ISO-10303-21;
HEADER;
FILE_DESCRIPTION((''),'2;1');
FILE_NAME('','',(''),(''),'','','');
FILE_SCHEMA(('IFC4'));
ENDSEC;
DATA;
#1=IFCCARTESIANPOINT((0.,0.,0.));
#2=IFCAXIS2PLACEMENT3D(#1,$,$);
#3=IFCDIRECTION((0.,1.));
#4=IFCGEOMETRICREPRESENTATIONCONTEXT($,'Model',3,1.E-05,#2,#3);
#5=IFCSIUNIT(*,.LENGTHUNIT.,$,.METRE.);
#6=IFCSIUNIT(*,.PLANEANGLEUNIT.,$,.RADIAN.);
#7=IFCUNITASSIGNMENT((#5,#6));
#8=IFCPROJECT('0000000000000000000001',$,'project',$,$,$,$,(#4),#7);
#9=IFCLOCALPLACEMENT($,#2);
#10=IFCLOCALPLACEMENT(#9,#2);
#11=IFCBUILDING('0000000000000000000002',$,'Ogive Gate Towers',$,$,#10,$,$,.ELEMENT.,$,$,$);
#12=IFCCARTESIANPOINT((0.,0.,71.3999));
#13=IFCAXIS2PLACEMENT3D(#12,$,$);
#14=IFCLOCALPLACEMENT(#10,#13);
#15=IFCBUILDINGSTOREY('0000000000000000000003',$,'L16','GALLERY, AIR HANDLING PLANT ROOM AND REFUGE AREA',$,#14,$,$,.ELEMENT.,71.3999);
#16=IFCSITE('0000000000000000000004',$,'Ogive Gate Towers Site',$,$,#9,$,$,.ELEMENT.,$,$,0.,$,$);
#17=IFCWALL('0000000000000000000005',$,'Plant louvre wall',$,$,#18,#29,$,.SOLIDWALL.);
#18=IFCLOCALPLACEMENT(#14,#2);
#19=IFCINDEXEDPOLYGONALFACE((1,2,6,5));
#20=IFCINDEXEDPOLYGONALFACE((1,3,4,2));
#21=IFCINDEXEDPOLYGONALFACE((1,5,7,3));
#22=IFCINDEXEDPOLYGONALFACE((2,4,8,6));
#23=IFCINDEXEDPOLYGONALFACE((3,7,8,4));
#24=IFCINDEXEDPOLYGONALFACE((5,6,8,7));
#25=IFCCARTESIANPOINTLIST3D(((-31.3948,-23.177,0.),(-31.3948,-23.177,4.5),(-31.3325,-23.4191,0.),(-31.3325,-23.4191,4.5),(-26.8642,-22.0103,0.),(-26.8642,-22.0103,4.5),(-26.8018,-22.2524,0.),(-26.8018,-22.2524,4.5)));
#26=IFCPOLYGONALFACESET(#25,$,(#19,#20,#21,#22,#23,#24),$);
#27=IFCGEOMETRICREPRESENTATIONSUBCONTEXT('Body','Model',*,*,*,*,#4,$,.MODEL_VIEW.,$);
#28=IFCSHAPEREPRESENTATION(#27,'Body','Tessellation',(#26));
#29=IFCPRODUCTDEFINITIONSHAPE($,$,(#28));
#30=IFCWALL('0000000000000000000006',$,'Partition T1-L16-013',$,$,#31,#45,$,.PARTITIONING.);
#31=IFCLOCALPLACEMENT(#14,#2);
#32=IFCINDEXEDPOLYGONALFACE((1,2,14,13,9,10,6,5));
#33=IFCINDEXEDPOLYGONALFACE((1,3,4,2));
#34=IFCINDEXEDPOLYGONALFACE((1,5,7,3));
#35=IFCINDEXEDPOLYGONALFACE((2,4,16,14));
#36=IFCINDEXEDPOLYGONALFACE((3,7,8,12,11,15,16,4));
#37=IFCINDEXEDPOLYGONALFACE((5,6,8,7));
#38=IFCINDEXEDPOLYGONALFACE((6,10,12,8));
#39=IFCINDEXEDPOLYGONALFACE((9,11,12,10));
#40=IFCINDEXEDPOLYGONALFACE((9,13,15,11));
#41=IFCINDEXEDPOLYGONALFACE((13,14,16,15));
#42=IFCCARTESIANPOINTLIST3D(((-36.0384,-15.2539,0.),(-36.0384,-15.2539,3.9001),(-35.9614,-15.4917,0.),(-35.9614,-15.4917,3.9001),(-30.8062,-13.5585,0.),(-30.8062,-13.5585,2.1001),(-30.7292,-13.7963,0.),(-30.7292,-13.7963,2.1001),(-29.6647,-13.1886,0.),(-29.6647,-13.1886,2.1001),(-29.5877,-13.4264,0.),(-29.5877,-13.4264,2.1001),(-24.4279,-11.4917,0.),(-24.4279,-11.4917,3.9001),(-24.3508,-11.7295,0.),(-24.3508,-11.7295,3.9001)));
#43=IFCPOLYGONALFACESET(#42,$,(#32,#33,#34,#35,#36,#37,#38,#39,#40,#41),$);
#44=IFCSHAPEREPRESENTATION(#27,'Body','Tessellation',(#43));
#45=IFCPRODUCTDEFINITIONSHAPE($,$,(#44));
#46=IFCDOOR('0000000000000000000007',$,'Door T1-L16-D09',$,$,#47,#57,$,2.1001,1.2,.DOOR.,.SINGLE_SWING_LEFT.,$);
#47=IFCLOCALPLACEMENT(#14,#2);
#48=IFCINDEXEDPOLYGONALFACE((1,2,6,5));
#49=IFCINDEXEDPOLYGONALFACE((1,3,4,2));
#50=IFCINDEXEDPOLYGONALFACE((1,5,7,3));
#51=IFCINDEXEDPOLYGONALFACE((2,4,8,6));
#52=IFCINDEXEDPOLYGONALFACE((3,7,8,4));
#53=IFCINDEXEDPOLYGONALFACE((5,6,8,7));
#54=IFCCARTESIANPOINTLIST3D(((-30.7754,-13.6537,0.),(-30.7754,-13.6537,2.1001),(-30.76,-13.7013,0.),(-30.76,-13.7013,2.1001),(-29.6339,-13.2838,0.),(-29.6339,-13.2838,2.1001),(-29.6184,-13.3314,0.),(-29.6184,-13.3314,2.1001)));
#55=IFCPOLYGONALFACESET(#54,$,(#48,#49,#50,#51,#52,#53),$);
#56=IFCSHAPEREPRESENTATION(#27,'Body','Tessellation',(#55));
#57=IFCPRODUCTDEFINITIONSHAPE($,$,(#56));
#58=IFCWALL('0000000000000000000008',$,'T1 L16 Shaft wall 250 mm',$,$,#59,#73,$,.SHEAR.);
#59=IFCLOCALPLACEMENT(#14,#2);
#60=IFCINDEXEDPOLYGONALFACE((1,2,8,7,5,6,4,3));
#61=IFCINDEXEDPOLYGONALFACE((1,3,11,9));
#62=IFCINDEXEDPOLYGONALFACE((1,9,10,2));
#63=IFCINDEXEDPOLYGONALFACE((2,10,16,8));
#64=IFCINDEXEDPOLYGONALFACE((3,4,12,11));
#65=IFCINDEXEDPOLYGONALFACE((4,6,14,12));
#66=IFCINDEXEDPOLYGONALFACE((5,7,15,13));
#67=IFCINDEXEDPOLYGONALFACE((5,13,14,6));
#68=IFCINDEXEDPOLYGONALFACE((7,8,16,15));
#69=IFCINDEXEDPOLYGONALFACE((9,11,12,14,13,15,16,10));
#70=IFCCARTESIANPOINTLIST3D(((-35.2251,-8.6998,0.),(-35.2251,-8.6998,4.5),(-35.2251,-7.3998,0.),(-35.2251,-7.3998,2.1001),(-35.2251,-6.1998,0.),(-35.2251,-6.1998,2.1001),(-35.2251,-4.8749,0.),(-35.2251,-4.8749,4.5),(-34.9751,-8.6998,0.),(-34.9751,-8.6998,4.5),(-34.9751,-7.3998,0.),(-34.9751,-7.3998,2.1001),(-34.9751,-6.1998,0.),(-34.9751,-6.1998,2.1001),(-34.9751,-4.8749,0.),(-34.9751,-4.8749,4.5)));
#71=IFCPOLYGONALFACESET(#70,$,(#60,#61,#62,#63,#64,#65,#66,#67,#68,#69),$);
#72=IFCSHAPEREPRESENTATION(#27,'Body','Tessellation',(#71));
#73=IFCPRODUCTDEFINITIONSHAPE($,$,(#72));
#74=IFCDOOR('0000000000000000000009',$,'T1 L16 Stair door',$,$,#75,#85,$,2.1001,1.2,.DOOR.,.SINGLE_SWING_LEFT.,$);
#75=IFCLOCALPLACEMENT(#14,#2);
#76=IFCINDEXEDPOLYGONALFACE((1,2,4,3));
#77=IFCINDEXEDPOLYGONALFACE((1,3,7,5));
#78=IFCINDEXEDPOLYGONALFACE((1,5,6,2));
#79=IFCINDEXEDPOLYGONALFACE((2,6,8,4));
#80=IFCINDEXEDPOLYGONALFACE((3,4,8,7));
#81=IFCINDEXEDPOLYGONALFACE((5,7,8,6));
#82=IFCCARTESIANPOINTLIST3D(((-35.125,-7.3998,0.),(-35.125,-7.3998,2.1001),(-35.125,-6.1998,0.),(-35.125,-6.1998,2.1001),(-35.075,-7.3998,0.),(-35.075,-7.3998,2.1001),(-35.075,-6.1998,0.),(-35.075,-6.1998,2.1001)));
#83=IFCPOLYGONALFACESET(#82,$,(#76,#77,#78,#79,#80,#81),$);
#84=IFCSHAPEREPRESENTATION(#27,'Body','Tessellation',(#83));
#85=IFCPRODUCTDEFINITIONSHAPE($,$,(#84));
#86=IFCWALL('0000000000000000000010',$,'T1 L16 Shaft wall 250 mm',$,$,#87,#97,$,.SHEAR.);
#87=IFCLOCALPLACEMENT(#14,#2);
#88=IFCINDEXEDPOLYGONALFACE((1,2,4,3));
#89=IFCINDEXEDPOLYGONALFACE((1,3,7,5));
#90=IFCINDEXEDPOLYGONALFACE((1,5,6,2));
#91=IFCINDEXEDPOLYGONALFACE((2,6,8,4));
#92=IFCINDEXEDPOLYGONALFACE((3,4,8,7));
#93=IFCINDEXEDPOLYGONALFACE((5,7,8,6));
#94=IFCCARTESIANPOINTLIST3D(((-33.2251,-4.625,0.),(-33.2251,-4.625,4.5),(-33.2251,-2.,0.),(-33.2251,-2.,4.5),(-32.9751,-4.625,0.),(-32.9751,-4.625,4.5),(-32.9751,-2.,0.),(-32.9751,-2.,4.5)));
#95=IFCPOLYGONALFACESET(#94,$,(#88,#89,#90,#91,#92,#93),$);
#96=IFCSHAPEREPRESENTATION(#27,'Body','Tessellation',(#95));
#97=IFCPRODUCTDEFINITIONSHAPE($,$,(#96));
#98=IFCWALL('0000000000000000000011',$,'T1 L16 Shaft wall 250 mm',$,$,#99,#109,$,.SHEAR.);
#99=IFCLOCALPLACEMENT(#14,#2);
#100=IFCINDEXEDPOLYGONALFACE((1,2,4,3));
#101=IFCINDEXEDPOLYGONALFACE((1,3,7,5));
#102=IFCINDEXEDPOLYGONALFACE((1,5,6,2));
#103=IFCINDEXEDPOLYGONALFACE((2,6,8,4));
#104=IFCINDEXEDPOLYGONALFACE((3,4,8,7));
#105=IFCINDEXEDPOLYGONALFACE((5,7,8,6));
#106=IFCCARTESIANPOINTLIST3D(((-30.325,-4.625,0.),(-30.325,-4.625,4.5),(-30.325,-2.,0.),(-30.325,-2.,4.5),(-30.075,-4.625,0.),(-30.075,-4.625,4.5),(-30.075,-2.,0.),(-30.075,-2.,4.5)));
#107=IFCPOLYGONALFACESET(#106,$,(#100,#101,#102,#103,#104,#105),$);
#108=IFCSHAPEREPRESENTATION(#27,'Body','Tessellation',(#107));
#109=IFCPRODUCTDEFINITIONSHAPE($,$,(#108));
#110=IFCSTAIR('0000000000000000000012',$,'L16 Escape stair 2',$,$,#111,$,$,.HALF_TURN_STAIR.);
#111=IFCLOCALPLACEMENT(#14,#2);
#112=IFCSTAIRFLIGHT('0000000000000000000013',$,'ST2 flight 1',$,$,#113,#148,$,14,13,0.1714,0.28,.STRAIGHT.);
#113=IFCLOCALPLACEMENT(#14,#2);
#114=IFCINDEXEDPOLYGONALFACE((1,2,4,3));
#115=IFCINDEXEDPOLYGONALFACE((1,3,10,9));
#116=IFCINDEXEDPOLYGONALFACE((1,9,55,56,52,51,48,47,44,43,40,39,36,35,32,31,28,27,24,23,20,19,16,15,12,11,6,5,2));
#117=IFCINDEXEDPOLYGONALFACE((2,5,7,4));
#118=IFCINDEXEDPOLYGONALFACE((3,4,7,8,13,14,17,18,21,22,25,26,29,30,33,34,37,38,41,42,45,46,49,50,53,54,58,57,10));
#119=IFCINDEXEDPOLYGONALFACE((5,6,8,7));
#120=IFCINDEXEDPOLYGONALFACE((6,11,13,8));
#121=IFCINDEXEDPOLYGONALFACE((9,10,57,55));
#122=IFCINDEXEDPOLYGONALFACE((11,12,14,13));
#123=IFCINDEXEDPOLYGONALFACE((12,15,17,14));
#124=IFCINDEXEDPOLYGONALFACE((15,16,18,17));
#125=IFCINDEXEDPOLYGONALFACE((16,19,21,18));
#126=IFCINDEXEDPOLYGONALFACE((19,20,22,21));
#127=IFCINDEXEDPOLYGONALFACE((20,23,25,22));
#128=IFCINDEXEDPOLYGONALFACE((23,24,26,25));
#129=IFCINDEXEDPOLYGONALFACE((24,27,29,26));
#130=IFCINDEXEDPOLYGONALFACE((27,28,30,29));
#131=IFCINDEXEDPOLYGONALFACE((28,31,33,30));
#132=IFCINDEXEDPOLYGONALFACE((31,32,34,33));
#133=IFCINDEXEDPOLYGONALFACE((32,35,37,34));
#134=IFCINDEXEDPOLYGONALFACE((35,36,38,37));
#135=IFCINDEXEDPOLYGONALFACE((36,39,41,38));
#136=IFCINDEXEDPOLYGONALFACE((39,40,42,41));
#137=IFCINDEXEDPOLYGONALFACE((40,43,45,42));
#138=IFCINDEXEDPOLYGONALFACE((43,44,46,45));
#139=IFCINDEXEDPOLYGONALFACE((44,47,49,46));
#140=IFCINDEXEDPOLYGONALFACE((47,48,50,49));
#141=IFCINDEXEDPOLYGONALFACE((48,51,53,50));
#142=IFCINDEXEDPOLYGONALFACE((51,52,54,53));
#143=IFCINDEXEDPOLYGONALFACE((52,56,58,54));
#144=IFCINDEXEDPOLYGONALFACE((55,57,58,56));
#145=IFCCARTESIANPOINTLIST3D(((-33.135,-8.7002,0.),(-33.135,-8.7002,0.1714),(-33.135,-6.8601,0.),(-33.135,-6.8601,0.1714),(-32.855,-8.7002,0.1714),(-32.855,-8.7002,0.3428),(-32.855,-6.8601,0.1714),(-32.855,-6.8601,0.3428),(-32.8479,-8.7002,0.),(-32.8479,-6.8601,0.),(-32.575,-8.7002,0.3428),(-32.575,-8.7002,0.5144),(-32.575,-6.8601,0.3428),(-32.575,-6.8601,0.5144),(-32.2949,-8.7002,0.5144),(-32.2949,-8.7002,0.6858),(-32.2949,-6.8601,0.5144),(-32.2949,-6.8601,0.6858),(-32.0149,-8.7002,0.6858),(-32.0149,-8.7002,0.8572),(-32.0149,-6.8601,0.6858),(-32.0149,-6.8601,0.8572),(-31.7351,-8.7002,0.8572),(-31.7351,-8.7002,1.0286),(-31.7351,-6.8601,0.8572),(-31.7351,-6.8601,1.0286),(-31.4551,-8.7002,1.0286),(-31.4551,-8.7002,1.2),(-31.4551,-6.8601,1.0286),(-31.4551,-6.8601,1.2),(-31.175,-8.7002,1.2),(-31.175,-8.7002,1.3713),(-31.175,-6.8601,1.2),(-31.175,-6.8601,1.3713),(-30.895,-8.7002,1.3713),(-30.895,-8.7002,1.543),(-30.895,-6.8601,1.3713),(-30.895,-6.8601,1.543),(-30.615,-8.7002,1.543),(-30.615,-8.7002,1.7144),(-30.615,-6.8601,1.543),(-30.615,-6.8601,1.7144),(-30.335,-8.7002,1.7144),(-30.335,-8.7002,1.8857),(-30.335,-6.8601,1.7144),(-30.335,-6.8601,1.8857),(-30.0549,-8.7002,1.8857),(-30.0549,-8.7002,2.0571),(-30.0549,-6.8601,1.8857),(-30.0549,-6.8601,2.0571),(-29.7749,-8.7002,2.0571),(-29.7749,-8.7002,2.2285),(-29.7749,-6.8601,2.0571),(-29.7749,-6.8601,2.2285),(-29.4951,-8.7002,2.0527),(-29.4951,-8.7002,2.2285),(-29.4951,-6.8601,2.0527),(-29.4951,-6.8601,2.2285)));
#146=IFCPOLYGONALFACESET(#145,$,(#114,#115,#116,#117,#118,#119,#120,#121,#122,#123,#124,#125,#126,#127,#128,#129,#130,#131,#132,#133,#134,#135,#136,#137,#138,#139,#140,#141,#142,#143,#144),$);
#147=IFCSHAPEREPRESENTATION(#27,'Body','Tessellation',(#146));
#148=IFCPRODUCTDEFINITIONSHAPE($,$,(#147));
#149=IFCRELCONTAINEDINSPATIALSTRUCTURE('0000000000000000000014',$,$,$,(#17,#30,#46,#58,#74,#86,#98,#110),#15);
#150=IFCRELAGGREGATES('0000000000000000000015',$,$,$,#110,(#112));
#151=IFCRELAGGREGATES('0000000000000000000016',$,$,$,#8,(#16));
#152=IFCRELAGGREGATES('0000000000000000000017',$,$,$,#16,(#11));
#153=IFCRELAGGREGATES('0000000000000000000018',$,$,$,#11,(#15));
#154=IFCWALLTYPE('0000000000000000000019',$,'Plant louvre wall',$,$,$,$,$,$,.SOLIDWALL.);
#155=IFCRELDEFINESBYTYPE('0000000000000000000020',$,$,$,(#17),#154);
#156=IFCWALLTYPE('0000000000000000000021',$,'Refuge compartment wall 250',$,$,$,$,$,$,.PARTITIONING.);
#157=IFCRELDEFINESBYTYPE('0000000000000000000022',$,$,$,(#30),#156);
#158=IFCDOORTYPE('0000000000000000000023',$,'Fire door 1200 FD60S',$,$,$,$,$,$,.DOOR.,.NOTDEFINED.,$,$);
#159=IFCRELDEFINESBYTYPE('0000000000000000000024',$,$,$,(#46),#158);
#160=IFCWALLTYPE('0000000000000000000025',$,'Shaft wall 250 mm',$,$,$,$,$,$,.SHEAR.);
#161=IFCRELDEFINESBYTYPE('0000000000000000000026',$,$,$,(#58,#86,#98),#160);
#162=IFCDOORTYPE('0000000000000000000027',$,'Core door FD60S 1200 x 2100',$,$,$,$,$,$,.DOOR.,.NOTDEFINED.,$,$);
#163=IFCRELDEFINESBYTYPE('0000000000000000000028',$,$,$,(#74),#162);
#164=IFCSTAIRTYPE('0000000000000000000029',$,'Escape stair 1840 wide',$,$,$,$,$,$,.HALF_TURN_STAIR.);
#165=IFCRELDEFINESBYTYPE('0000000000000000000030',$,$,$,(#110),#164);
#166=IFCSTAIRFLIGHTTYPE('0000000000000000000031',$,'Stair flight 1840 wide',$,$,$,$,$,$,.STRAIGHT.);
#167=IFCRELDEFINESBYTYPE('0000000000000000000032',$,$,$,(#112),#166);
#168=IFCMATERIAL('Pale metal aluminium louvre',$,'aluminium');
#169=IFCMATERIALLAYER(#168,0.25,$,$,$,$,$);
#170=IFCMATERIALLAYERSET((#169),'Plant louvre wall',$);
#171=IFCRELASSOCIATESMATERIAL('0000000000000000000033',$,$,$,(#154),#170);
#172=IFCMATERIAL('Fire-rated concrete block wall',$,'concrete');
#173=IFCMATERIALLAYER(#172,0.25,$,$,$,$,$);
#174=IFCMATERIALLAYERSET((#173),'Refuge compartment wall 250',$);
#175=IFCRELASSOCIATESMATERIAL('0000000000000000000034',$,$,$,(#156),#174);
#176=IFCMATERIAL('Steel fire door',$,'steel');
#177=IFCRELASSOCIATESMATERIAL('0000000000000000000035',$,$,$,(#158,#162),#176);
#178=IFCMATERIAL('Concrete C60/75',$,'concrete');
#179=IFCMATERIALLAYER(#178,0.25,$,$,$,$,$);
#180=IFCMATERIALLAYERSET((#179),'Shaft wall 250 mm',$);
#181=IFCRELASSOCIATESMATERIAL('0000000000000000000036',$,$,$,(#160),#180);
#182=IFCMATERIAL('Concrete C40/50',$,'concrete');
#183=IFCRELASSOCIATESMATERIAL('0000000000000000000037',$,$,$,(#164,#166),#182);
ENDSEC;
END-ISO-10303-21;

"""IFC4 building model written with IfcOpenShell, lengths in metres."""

from ifc_helpers import new_model, si_unit, direction, frame, frame_2d, origin, place, context, subcontext, project, spatial, polyline, rectangle, outline, extrude, material, layer, layer_set, type_object, element, fill, aggregate, save


model = new_model("IFC4")

# Units and contexts
model_context = context("Model", 3, precision=1e-05, world=origin(), true_north=direction((0.0, 1.0)))
body_context = subcontext(model_context, "Body", "Model", "MODEL_VIEW")
ifc_project = project(units=[si_unit("LENGTHUNIT", "METRE"), si_unit("PLANEANGLEUNIT", "RADIAN")], contexts=[model_context])

# Site, building, storey
site_placement = place(None, origin())
site = spatial("IfcSite", under=ifc_project, at=site_placement, Name="Ogive Gate Towers Site", CompositionType="ELEMENT", RefElevation=0.0)
building_placement = place(site_placement, origin())
building = spatial("IfcBuilding", under=site, at=building_placement, Name="Ogive Gate Towers", CompositionType="ELEMENT")
storey_placement = place(building_placement, frame((0.0, 0.0, 71.3999)))
storey = spatial("IfcBuildingStorey", under=building, at=storey_placement, Name="L16", Description="GALLERY, AIR HANDLING PLANT ROOM AND REFUGE AREA", CompositionType="ELEMENT", Elevation=71.3999)

# Shared definitions
ifc_material_1 = material(Name="Concrete C60/75", Category="concrete")
ifc_material_2 = material(Name="Steel fire door", Category="steel")

# Wall
ifc_material_3 = material(Name="Pale metal aluminium louvre", Category="aluminium")
ifc_layer_1 = layer(ifc_material_3, 0.25)
ifc_layer_set_1 = layer_set([ifc_layer_1], Name="Plant louvre wall")
wall_type_1 = type_object("IfcWallType", Name="Plant louvre wall", PredefinedType="SOLIDWALL", material=ifc_layer_set_1)
wall_1_placement = place(storey_placement, frame((-31.3638, -23.2981, 0.0), z_axis=(0.0, 0.0, 1.0), x_axis=(0.968405, 0.249381, 0.0)))
element("IfcWall", 1, at=wall_1_placement, inside=storey, type_object=wall_type_1, Name="Plant louvre wall", PredefinedType="SOLIDWALL", context=body_context, shape_type="SweptSolid", body=[
    extrude(rectangle(XDim=4.6785, YDim=0.25, at=frame_2d((2.3394, 0.0))), origin(), (0.0, 0.0, 1.0), 4.5),
])

# Walls, openings, doors
ifc_material_4 = material(Name="Fire-rated concrete block wall", Category="concrete")
ifc_layer_2 = layer(ifc_material_4, 0.25)
ifc_layer_set_2 = layer_set([ifc_layer_2], Name="Refuge compartment wall 250")
wall_type_2 = type_object("IfcWallType", Name="Refuge compartment wall 250", PredefinedType="PARTITIONING", material=ifc_layer_set_2)
wall_2_placement = place(storey_placement, frame((-36.0, -15.3728, 0.0), z_axis=(0.0, 0.0, 1.0), x_axis=(0.951304, 0.308253, 0.0)))
wall_2 = element("IfcWall", 2, at=wall_2_placement, inside=storey, type_object=wall_type_2, Name="Partition T1-L16-013", PredefinedType="PARTITIONING", context=body_context, shape_type="SweptSolid", body=[
    extrude(rectangle(XDim=12.2048, YDim=0.25, at=frame_2d((6.1025, 0.0))), origin(), (0.0, 0.0, 1.0), 3.9001),
])
opening_1_placement = place(wall_2_placement, frame((5.5, 0.0, 0.0)))
opening_1 = element("IfcOpeningElement", 3, at=opening_1_placement, cuts=wall_2, PredefinedType="OPENING", context=body_context, shape_type="SweptSolid", body=[
    extrude(rectangle(XDim=1.2, YDim=2.1001, at=frame_2d((0.6001, 1.05))), frame((0.0, 0.135, 0.0), z_axis=(0.0, -1.0, 0.0), x_axis=(1.0, 0.0, 0.0)), (0.0, 0.0, 1.0), 0.27),
])
door_type_1 = type_object("IfcDoorType", Name="Fire door 1200 FD60S", OperationType="NOTDEFINED", PredefinedType="DOOR", material=ifc_material_2)
door_1_placement = place(opening_1_placement, origin())
door_1 = element("IfcDoor", 4, at=door_1_placement, inside=storey, type_object=door_type_1, Name="Door T1-L16-D09", OperationType="SINGLE_SWING_LEFT", OverallHeight=2.1001, OverallWidth=1.2, PredefinedType="DOOR", context=body_context, shape_type="SweptSolid", body=[
    extrude(rectangle(XDim=1.2, YDim=2.1001, at=frame_2d((0.6001, 1.05))), frame((0.0, 0.0249, 0.0), z_axis=(0.0, -1.0, 0.0), x_axis=(1.0, 0.0, 0.0)), (0.0, 0.0, 1.0), 0.05),
])
fill(opening_1, door_1)
ifc_layer_3 = layer(ifc_material_1, 0.25)
ifc_layer_set_3 = layer_set([ifc_layer_3], Name="Shaft wall 250 mm")
wall_type_3 = type_object("IfcWallType", Name="Shaft wall 250 mm", PredefinedType="SHEAR", material=ifc_layer_set_3)
wall_3_placement = place(storey_placement, frame((-35.1001, -8.7, 0.0), z_axis=(0.0, 0.0, 1.0), x_axis=(0.0, 1.0, 0.0)))
wall_3 = element("IfcWall", 5, at=wall_3_placement, inside=storey, type_object=wall_type_3, Name="T1 L16 Shaft wall 250 mm", PredefinedType="SHEAR", context=body_context, shape_type="SweptSolid", body=[
    extrude(rectangle(XDim=3.825, YDim=0.25, at=frame_2d((1.9126, 0.0))), origin(), (0.0, 0.0, 1.0), 4.5),
])
opening_2_placement = place(wall_3_placement, frame((1.3, 0.0, 0.0)))
opening_2 = element("IfcOpeningElement", 6, at=opening_2_placement, cuts=wall_3, PredefinedType="OPENING", context=body_context, shape_type="SweptSolid", body=[
    extrude(rectangle(XDim=1.2, YDim=2.1001, at=frame_2d((0.6001, 1.05))), frame((0.0, 0.135, 0.0), z_axis=(0.0, -1.0, 0.0), x_axis=(1.0, 0.0, 0.0)), (0.0, 0.0, 1.0), 0.27),
])
door_type_2 = type_object("IfcDoorType", Name="Core door FD60S 1200 x 2100", OperationType="NOTDEFINED", PredefinedType="DOOR", material=ifc_material_2)
door_2_placement = place(opening_2_placement, origin())
door_2 = element("IfcDoor", 7, at=door_2_placement, inside=storey, type_object=door_type_2, Name="T1 L16 Stair door", OperationType="SINGLE_SWING_LEFT", OverallHeight=2.1001, OverallWidth=1.2, PredefinedType="DOOR", context=body_context, shape_type="SweptSolid", body=[
    extrude(rectangle(XDim=1.2, YDim=2.1001, at=frame_2d((0.6001, 1.05))), frame((0.0, 0.0249, 0.0), z_axis=(0.0, -1.0, 0.0), x_axis=(1.0, 0.0, 0.0)), (0.0, 0.0, 1.0), 0.05),
])
fill(opening_2, door_2)

# Walls
for number, where, z_axis, x_axis, name in (
    (8, (-33.1001, -4.625, 0.0), (0.0, 0.0, 1.0), (0.0, 1.0, 0.0), "T1 L16 Shaft wall 250 mm"),
    (9, (-30.2, -4.625, 0.0), (0.0, 0.0, 1.0), (0.0, 1.0, 0.0), "T1 L16 Shaft wall 250 mm"),
):
    element("IfcWall", number, at=place(storey_placement, frame(where, z_axis=z_axis, x_axis=x_axis)), inside=storey, type_object=wall_type_3, Name=name, PredefinedType="SHEAR", context=body_context, shape_type="SweptSolid", body=[
        extrude(rectangle(XDim=2.625, YDim=0.25, at=frame_2d((1.3125, 0.0))), origin(), (0.0, 0.0, 1.0), 4.5),
    ])

# Stair, stair flight
ifc_material_5 = material(Name="Concrete C40/50", Category="concrete")
stair_type = type_object("IfcStairType", Name="Escape stair 1840 wide", PredefinedType="HALF_TURN_STAIR", material=ifc_material_5)
stair_placement = place(storey_placement, origin())
stair = element("IfcStair", 10, at=stair_placement, inside=storey, type_object=stair_type, Name="L16 Escape stair 2", PredefinedType="HALF_TURN_STAIR")
stair_flight_type = type_object("IfcStairFlightType", Name="Stair flight 1840 wide", PredefinedType="STRAIGHT", material=ifc_material_5)
stair_flight_1_placement = place(storey_placement, frame((-33.135, -7.78, 0.0), z_axis=(0.0, 0.0, 1.0), x_axis=(1.0, 0.0, 0.0)))
stair_flight_1 = element("IfcStairFlight", 11, at=stair_flight_1_placement, type_object=stair_flight_type, Name="ST2 flight 1", NumberOfRisers=14, NumberOfTreads=13, PredefinedType="STRAIGHT", RiserHeight=0.1714, TreadLength=0.28, context=body_context, shape_type="SweptSolid", body=[
    extrude(outline(polyline([(0.0, 0.0), (0.0, 0.1714), (0.28, 0.1714), (0.28, 0.3428), (0.5601, 0.3428), (0.5601, 0.5144), (0.8401, 0.5144), (0.8401, 0.6858), (1.1201, 0.6858), (1.1201, 0.8572), (1.3999, 0.8572), (1.3999, 1.0286), (1.6799, 1.0286), (1.6799, 1.2), (1.96, 1.2), (1.96, 1.3713), (2.24, 1.3713), (2.24, 1.543), (2.52, 1.543), (2.52, 1.7144), (2.8, 1.7144), (2.8, 1.8857), (3.0801, 1.8857), (3.0801, 2.0571), (3.3601, 2.0571), (3.3601, 2.2285), (3.6399, 2.2285), (3.6399, 2.3999), (3.6399, 2.0527), (0.2871, 0.0), (0.0, 0.0)])), frame((0.0, 0.9199, 0.0), z_axis=(0.0, -1.0, 0.0), x_axis=(1.0, 0.0, 0.0)), (0.0, 0.0, 1.0), 1.8401),
])
aggregate(stair, [stair_flight_1])

save(model, "model.ifc")
